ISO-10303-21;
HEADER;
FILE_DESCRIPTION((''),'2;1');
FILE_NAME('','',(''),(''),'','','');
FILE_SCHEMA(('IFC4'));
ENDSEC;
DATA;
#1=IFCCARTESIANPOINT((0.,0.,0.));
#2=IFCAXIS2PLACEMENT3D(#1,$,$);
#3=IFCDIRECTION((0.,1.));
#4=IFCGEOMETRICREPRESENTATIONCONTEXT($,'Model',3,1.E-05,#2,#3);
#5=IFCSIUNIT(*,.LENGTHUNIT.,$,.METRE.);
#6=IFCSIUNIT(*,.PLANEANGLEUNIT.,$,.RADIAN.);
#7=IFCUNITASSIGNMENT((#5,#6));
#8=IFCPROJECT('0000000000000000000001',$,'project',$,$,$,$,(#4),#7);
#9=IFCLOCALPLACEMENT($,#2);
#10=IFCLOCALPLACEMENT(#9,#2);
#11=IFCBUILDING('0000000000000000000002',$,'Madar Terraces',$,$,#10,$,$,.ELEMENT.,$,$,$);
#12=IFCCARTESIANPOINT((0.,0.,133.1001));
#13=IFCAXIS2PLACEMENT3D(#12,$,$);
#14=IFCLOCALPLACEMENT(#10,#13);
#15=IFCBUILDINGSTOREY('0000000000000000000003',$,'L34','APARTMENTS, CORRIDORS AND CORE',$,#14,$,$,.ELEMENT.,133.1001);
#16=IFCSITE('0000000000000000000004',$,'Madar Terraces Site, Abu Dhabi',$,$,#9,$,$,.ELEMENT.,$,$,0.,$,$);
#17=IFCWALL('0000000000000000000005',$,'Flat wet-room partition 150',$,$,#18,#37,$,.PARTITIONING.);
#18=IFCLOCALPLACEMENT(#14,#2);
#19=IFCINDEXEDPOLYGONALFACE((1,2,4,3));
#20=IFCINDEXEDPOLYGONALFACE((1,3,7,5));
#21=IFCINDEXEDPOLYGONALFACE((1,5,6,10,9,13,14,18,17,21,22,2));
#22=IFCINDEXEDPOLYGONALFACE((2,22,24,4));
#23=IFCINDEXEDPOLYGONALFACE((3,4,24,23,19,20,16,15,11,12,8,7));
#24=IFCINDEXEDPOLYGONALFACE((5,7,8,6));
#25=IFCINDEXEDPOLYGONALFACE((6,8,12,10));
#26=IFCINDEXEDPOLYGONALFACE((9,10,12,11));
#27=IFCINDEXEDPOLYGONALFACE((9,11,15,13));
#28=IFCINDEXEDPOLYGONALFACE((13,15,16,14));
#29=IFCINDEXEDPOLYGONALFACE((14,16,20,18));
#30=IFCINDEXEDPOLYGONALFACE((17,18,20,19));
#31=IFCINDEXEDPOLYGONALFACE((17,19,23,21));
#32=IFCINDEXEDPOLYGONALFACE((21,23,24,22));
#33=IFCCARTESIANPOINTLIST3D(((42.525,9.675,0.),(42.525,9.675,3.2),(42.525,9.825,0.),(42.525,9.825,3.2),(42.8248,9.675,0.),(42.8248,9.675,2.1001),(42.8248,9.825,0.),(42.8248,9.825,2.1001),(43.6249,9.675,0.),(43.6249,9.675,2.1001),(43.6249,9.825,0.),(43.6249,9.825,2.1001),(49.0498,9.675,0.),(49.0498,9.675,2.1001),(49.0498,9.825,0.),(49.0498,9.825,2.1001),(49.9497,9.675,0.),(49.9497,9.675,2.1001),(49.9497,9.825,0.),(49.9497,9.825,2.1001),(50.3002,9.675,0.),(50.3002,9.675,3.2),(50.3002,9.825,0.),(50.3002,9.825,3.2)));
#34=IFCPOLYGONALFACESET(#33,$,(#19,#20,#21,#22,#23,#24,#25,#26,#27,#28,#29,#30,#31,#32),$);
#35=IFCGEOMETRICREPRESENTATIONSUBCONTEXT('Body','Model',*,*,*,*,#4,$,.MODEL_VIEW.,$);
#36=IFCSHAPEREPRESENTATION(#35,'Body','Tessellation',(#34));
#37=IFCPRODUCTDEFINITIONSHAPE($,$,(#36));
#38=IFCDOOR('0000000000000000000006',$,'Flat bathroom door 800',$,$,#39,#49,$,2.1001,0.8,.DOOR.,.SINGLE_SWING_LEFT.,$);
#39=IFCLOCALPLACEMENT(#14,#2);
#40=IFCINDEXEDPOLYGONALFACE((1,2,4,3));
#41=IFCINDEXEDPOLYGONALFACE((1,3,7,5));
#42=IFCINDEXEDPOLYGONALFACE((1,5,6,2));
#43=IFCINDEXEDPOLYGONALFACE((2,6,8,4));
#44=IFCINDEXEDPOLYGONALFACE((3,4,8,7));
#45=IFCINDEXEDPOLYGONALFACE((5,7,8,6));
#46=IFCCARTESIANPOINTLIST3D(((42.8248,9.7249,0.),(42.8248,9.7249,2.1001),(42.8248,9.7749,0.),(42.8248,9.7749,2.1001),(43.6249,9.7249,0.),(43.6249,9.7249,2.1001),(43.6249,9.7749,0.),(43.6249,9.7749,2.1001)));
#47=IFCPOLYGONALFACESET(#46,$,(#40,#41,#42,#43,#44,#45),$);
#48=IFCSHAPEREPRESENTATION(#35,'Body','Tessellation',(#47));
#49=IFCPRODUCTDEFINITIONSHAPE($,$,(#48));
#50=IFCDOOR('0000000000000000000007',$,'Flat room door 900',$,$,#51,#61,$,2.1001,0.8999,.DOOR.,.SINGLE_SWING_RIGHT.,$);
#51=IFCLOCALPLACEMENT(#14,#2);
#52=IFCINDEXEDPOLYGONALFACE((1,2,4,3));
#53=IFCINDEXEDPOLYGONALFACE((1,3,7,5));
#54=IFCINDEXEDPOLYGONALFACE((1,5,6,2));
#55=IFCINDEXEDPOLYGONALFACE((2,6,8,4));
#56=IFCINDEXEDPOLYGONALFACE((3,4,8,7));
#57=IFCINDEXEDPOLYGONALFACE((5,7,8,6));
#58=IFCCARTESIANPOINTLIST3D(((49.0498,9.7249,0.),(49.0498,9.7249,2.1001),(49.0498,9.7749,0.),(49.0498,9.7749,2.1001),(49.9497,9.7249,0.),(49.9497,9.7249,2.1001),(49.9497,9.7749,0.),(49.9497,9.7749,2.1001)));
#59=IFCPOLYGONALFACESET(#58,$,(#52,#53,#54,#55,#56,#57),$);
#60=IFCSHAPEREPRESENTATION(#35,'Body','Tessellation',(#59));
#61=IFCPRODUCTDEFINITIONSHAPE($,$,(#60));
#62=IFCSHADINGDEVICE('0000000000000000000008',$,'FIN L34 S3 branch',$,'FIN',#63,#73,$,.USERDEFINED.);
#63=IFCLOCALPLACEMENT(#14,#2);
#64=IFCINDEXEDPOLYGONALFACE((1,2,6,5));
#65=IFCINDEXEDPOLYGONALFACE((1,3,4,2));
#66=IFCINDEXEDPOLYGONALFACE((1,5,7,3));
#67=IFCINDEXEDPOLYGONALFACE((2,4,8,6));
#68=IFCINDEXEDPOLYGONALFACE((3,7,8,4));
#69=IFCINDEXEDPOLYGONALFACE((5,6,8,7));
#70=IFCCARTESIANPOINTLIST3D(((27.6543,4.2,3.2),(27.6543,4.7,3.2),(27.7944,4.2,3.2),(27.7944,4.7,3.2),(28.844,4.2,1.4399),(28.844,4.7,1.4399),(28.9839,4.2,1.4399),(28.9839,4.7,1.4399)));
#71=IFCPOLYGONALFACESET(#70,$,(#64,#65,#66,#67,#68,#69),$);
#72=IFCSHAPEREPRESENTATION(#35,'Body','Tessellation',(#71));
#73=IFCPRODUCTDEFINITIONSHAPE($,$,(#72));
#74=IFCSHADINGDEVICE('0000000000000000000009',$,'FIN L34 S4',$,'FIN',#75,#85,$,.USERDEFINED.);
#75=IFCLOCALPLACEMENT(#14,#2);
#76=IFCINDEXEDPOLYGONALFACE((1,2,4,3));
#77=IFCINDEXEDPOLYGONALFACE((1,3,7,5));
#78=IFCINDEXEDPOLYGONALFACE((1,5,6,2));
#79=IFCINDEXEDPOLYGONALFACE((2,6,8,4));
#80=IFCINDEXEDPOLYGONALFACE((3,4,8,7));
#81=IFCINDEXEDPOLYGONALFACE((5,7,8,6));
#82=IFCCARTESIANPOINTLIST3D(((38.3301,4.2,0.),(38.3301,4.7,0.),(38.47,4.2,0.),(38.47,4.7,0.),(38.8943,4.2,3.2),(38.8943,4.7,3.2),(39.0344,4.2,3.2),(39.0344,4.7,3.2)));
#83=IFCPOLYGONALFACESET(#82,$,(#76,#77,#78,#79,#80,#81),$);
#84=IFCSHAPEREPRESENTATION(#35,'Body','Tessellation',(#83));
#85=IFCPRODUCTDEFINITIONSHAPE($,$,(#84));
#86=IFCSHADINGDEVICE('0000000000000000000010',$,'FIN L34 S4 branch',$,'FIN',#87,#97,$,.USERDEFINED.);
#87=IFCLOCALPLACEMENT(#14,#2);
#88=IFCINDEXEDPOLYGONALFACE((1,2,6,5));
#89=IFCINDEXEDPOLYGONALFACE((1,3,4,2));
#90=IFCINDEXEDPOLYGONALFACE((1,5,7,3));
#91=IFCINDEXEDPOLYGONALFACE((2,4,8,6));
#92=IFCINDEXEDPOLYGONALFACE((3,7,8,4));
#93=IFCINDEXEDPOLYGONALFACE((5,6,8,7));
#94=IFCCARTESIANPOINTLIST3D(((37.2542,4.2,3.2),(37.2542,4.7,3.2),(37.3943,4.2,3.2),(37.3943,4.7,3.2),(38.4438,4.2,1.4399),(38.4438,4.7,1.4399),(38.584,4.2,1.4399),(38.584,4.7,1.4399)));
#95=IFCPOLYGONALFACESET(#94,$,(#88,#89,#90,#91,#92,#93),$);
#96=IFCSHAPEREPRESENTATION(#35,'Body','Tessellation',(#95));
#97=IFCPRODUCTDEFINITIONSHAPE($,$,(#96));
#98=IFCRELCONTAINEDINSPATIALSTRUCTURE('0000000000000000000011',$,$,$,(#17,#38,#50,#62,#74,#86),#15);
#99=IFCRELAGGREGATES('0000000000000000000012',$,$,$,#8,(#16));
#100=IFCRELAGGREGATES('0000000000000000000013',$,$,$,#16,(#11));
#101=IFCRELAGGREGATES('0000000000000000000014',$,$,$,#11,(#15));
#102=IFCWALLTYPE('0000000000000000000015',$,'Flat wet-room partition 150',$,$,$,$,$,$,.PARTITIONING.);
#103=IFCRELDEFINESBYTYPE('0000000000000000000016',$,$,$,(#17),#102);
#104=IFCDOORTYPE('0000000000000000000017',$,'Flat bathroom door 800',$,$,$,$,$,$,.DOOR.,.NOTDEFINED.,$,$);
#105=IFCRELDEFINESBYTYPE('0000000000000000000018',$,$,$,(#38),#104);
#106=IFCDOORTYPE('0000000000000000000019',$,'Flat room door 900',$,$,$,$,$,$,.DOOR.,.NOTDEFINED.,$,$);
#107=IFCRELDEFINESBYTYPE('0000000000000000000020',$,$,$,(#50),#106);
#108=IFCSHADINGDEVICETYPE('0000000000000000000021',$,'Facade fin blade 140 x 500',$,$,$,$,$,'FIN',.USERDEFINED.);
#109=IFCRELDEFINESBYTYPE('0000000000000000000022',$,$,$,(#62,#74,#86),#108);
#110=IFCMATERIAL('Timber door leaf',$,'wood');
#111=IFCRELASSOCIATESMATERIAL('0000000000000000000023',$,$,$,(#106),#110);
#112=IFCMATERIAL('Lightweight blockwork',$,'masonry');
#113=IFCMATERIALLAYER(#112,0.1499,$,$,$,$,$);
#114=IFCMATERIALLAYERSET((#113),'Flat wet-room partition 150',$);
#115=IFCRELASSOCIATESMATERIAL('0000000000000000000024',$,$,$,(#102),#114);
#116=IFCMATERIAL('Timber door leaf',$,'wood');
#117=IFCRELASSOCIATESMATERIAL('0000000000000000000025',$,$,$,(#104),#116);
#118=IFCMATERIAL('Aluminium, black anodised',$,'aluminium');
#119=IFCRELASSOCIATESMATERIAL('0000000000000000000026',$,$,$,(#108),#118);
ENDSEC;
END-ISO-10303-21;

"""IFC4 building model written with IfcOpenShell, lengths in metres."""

from ifc_helpers import new_model, si_unit, direction, frame, frame_2d, origin, place, context, subcontext, project, spatial, polyline, rectangle, outline, extrude, material, layer, layer_set, type_object, element, fill, save


model = new_model("IFC4")

# Units and contexts
model_context = context("Model", 3, precision=1e-05, world=origin(), true_north=direction((0.0, 1.0)))
body_context = subcontext(model_context, "Body", "Model", "MODEL_VIEW")
ifc_project = project(units=[si_unit("LENGTHUNIT", "METRE"), si_unit("PLANEANGLEUNIT", "RADIAN")], contexts=[model_context])

# Site, building, storey
site_placement = place(None, origin())
site = spatial("IfcSite", under=ifc_project, at=site_placement, Name="Madar Terraces Site, Abu Dhabi", CompositionType="ELEMENT", RefElevation=0.0)
building_placement = place(site_placement, origin())
building = spatial("IfcBuilding", under=site, at=building_placement, Name="Madar Terraces", CompositionType="ELEMENT")
storey_placement = place(building_placement, frame((0.0, 0.0, 133.1001)))
storey = spatial("IfcBuildingStorey", under=building, at=storey_placement, Name="L34", Description="APARTMENTS, CORRIDORS AND CORE", CompositionType="ELEMENT", Elevation=133.1001)

# Shared definitions
ifc_material_1 = material(Name="Timber door leaf", Category="wood")
door_type_1 = type_object("IfcDoorType", Name="Flat room door 900", OperationType="NOTDEFINED", PredefinedType="DOOR", material=ifc_material_1)

# Shared definitions
ifc_material_2 = material(Name="Lightweight blockwork", Category="masonry")
ifc_layer_1 = layer(ifc_material_2, 0.1499)
ifc_layer_set_1 = layer_set([ifc_layer_1], Name="Flat wet-room partition 150")
wall_type_1 = type_object("IfcWallType", Name="Flat wet-room partition 150", PredefinedType="PARTITIONING", material=ifc_layer_set_1)

# Wall, openings, doors
wall_1_placement = place(storey_placement, frame((42.5249, 9.75, 0.0), z_axis=(0.0, 0.0, 1.0), x_axis=(1.0, 0.0, 0.0)))
wall_1 = element("IfcWall", 1, at=wall_1_placement, inside=storey, type_object=wall_type_1, Name="Flat wet-room partition 150", PredefinedType="PARTITIONING", context=body_context, shape_type="SweptSolid", body=[
    extrude(rectangle(XDim=7.7751, YDim=0.1499, at=frame_2d((3.8877, 0.0))), origin(), (0.0, 0.0, 1.0), 3.2),
])
opening_1_placement = place(wall_1_placement, frame((0.3, 0.0, 0.0)))
opening_1 = element("IfcOpeningElement", 2, at=opening_1_placement, cuts=wall_1, PredefinedType="OPENING", context=body_context, shape_type="SweptSolid", body=[
    extrude(rectangle(XDim=0.8, YDim=2.1001, at=frame_2d((0.3999, 1.05))), frame((0.0, 0.085, 0.0), z_axis=(0.0, -1.0, 0.0), x_axis=(1.0, 0.0, 0.0)), (0.0, 0.0, 1.0), 0.1699),
])
opening_2_placement = place(wall_1_placement, frame((6.5249, 0.0, 0.0)))
opening_2 = element("IfcOpeningElement", 3, at=opening_2_placement, cuts=wall_1, PredefinedType="OPENING", context=body_context, shape_type="SweptSolid", body=[
    extrude(rectangle(XDim=0.8999, YDim=2.1001, at=frame_2d((0.45, 1.05))), frame((0.0, 0.085, 0.0), z_axis=(0.0, -1.0, 0.0), x_axis=(1.0, 0.0, 0.0)), (0.0, 0.0, 1.0), 0.1699),
])
ifc_material_3 = material(Name="Timber door leaf", Category="wood")
door_type_2 = type_object("IfcDoorType", Name="Flat bathroom door 800", OperationType="NOTDEFINED", PredefinedType="DOOR", material=ifc_material_3)
door_1_placement = place(opening_1_placement, origin())
door_1 = element("IfcDoor", 4, at=door_1_placement, inside=storey, type_object=door_type_2, Name="Flat bathroom door 800", OperationType="SINGLE_SWING_LEFT", OverallHeight=2.1001, OverallWidth=0.8, PredefinedType="DOOR", context=body_context, shape_type="SweptSolid", body=[
    extrude(rectangle(XDim=0.8, YDim=2.1001, at=frame_2d((0.3999, 1.05))), frame((0.0, 0.0249, 0.0), z_axis=(0.0, -1.0, 0.0), x_axis=(1.0, 0.0, 0.0)), (0.0, 0.0, 1.0), 0.05),
])
fill(opening_1, door_1)
door_2_placement = place(opening_2_placement, origin())
door_2 = element("IfcDoor", 5, at=door_2_placement, inside=storey, type_object=door_type_1, Name="Flat room door 900", OperationType="SINGLE_SWING_RIGHT", OverallHeight=2.1001, OverallWidth=0.8999, PredefinedType="DOOR", context=body_context, shape_type="SweptSolid", body=[
    extrude(rectangle(XDim=0.8999, YDim=2.1001, at=frame_2d((0.45, 1.05))), frame((0.0, 0.0249, 0.0), z_axis=(0.0, -1.0, 0.0), x_axis=(1.0, 0.0, 0.0)), (0.0, 0.0, 1.0), 0.05),
])
fill(opening_2, door_2)

# Shading devices
ifc_material_4 = material(Name="Aluminium, black anodised", Category="aluminium")
shading_device_type = type_object("IfcShadingDeviceType", Name="Facade fin blade 140 x 500", ElementType="FIN", PredefinedType="USERDEFINED", material=ifc_material_4)
shading_device_1_placement = place(storey_placement, frame((28.844, 4.45, 1.4399), z_axis=(0.0, 0.0, 1.0), x_axis=(1.0, 0.0, 0.0)))
element("IfcShadingDevice", 6, at=shading_device_1_placement, inside=storey, type_object=shading_device_type, Name="FIN L34 S3 branch", ObjectType="FIN", PredefinedType="USERDEFINED", context=body_context, shape_type="SweptSolid", body=[
    extrude(outline(polyline([(0.0, 0.0), (0.1399, 0.0), (-1.0496, 1.76), (-1.1897, 1.76), (0.0, 0.0)])), frame((0.0, 0.25, 0.0), z_axis=(0.0, -1.0, 0.0), x_axis=(1.0, 0.0, 0.0)), (0.0, 0.0, 1.0), 0.5),
])
shading_device_2_placement = place(storey_placement, frame((38.3301, 4.45, 0.0), z_axis=(0.0, 0.0, 1.0), x_axis=(1.0, 0.0, 0.0)))
element("IfcShadingDevice", 7, at=shading_device_2_placement, inside=storey, type_object=shading_device_type, Name="FIN L34 S4", ObjectType="FIN", PredefinedType="USERDEFINED", context=body_context, shape_type="SweptSolid", body=[
    extrude(outline(polyline([(0.0, 0.0), (0.1399, 0.0), (0.7043, 3.2), (0.5642, 3.2), (0.0, 0.0)])), frame((0.0, 0.25, 0.0), z_axis=(0.0, -1.0, 0.0), x_axis=(1.0, 0.0, 0.0)), (0.0, 0.0, 1.0), 0.5),
])
shading_device_3_placement = place(storey_placement, frame((38.4438, 4.45, 1.4399), z_axis=(0.0, 0.0, 1.0), x_axis=(1.0, 0.0, 0.0)))
element("IfcShadingDevice", 8, at=shading_device_3_placement, inside=storey, type_object=shading_device_type, Name="FIN L34 S4 branch", ObjectType="FIN", PredefinedType="USERDEFINED", context=body_context, shape_type="SweptSolid", body=[
    extrude(outline(polyline([(0.0, 0.0), (0.1401, 0.0), (-1.0496, 1.76), (-1.1897, 1.76), (0.0, 0.0)])), frame((0.0, 0.25, 0.0), z_axis=(0.0, -1.0, 0.0), x_axis=(1.0, 0.0, 0.0)), (0.0, 0.0, 1.0), 0.5),
])

save(model, "model.ifc")
